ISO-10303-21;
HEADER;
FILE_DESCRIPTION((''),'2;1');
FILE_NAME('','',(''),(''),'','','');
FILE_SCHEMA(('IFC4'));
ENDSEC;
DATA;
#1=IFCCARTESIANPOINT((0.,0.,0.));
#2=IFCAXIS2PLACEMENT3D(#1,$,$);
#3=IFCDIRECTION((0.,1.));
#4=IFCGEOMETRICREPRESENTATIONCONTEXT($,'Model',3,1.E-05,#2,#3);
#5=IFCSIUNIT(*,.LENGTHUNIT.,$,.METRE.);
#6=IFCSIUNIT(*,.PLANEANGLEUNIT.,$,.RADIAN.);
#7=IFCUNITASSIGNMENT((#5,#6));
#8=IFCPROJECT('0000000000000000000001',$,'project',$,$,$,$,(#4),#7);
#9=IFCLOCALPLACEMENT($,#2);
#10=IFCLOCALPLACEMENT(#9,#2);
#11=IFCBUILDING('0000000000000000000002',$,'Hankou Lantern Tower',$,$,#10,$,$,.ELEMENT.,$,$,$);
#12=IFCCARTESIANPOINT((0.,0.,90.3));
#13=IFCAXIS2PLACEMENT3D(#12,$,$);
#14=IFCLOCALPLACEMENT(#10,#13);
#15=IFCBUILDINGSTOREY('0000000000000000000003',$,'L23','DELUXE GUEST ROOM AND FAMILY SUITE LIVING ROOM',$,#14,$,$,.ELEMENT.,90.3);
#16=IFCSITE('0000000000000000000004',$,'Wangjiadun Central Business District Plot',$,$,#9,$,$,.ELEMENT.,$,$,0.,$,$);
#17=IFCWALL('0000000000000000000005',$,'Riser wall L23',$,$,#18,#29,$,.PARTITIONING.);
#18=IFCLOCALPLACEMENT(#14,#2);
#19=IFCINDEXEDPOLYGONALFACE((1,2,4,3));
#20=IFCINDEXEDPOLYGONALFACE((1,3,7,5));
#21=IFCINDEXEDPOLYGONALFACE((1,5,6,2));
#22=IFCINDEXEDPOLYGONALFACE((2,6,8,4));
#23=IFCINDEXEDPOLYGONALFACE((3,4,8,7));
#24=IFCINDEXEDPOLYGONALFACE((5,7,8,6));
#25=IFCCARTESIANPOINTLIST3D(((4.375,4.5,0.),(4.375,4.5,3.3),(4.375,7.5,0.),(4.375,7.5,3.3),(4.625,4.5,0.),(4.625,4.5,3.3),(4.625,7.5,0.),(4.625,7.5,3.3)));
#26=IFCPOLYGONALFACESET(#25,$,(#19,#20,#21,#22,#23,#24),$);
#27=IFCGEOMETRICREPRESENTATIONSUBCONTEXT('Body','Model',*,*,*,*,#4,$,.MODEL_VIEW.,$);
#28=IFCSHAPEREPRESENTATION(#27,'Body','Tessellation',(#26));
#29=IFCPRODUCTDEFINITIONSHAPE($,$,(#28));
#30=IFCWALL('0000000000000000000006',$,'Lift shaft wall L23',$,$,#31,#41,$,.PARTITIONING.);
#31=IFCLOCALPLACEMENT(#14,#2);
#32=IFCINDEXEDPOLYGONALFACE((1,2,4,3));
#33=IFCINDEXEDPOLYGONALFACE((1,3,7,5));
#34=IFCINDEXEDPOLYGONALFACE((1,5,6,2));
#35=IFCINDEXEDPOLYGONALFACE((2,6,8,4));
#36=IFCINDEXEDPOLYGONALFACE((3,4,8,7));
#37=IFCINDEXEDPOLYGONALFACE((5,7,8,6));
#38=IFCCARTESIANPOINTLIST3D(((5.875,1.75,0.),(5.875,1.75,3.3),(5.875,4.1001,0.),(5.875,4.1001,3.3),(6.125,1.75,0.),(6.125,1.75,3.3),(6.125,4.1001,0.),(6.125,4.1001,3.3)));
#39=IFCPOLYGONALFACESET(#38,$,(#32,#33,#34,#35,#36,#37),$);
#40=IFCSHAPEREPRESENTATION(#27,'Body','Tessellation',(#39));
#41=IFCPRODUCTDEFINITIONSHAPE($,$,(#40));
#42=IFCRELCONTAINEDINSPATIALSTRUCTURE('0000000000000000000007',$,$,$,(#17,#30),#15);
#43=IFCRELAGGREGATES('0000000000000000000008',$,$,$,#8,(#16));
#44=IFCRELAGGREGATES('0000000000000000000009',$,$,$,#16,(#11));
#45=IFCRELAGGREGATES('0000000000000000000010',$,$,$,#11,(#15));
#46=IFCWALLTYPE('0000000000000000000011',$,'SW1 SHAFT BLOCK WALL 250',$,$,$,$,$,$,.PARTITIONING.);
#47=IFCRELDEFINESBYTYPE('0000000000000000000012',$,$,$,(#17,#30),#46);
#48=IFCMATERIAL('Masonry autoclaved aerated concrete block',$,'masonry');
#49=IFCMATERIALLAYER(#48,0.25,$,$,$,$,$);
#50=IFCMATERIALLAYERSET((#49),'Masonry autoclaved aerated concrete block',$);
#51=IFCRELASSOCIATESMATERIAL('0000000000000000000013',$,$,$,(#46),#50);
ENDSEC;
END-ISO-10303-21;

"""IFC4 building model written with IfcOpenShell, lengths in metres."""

from ifc_helpers import new_model, si_unit, direction, frame, frame_2d, origin, place, context, subcontext, project, spatial, rectangle, extrude, material, layer, layer_set, type_object, element, save


model = new_model("IFC4")

# Units and contexts
model_context = context("Model", 3, precision=1e-05, world=origin(), true_north=direction((0.0, 1.0)))
body_context = subcontext(model_context, "Body", "Model", "MODEL_VIEW")
ifc_project = project(units=[si_unit("LENGTHUNIT", "METRE"), si_unit("PLANEANGLEUNIT", "RADIAN")], contexts=[model_context])

# Site, building, storey
site_placement = place(None, origin())
site = spatial("IfcSite", under=ifc_project, at=site_placement, Name="Wangjiadun Central Business District Plot", CompositionType="ELEMENT", RefElevation=0.0)
building_placement = place(site_placement, origin())
building = spatial("IfcBuilding", under=site, at=building_placement, Name="Hankou Lantern Tower", CompositionType="ELEMENT")
storey_placement = place(building_placement, frame((0.0, 0.0, 90.3)))
storey = spatial("IfcBuildingStorey", under=building, at=storey_placement, Name="L23", Description="DELUXE GUEST ROOM AND FAMILY SUITE LIVING ROOM", CompositionType="ELEMENT", Elevation=90.3)

# Walls
ifc_material_1 = material(Name="Masonry autoclaved aerated concrete block", Category="masonry")
ifc_layer_1 = layer(ifc_material_1, 0.25)
ifc_layer_set_1 = layer_set([ifc_layer_1], Name="Masonry autoclaved aerated concrete block")
wall_type_1 = type_object("IfcWallType", Name="SW1 SHAFT BLOCK WALL 250", PredefinedType="PARTITIONING", material=ifc_layer_set_1)
wall_1_placement = place(storey_placement, frame((4.5, 4.5, 0.0), z_axis=(0.0, 0.0, 1.0), x_axis=(0.0, 1.0, 0.0)))
element("IfcWall", 1, at=wall_1_placement, inside=storey, type_object=wall_type_1, Name="Riser wall L23", PredefinedType="PARTITIONING", context=body_context, shape_type="SweptSolid", body=[
    extrude(rectangle(XDim=3.0, YDim=0.25, at=frame_2d((1.5, 0.0))), origin(), (0.0, 0.0, 1.0), 3.3),
])
wall_2_placement = place(storey_placement, frame((6.0, 1.75, 0.0), z_axis=(0.0, 0.0, 1.0), x_axis=(0.0, 1.0, 0.0)))
element("IfcWall", 2, at=wall_2_placement, inside=storey, type_object=wall_type_1, Name="Lift shaft wall L23", PredefinedType="PARTITIONING", context=body_context, shape_type="SweptSolid", body=[
    extrude(rectangle(XDim=2.3501, YDim=0.25, at=frame_2d((1.175, 0.0))), origin(), (0.0, 0.0, 1.0), 3.3),
])

save(model, "model.ifc")
